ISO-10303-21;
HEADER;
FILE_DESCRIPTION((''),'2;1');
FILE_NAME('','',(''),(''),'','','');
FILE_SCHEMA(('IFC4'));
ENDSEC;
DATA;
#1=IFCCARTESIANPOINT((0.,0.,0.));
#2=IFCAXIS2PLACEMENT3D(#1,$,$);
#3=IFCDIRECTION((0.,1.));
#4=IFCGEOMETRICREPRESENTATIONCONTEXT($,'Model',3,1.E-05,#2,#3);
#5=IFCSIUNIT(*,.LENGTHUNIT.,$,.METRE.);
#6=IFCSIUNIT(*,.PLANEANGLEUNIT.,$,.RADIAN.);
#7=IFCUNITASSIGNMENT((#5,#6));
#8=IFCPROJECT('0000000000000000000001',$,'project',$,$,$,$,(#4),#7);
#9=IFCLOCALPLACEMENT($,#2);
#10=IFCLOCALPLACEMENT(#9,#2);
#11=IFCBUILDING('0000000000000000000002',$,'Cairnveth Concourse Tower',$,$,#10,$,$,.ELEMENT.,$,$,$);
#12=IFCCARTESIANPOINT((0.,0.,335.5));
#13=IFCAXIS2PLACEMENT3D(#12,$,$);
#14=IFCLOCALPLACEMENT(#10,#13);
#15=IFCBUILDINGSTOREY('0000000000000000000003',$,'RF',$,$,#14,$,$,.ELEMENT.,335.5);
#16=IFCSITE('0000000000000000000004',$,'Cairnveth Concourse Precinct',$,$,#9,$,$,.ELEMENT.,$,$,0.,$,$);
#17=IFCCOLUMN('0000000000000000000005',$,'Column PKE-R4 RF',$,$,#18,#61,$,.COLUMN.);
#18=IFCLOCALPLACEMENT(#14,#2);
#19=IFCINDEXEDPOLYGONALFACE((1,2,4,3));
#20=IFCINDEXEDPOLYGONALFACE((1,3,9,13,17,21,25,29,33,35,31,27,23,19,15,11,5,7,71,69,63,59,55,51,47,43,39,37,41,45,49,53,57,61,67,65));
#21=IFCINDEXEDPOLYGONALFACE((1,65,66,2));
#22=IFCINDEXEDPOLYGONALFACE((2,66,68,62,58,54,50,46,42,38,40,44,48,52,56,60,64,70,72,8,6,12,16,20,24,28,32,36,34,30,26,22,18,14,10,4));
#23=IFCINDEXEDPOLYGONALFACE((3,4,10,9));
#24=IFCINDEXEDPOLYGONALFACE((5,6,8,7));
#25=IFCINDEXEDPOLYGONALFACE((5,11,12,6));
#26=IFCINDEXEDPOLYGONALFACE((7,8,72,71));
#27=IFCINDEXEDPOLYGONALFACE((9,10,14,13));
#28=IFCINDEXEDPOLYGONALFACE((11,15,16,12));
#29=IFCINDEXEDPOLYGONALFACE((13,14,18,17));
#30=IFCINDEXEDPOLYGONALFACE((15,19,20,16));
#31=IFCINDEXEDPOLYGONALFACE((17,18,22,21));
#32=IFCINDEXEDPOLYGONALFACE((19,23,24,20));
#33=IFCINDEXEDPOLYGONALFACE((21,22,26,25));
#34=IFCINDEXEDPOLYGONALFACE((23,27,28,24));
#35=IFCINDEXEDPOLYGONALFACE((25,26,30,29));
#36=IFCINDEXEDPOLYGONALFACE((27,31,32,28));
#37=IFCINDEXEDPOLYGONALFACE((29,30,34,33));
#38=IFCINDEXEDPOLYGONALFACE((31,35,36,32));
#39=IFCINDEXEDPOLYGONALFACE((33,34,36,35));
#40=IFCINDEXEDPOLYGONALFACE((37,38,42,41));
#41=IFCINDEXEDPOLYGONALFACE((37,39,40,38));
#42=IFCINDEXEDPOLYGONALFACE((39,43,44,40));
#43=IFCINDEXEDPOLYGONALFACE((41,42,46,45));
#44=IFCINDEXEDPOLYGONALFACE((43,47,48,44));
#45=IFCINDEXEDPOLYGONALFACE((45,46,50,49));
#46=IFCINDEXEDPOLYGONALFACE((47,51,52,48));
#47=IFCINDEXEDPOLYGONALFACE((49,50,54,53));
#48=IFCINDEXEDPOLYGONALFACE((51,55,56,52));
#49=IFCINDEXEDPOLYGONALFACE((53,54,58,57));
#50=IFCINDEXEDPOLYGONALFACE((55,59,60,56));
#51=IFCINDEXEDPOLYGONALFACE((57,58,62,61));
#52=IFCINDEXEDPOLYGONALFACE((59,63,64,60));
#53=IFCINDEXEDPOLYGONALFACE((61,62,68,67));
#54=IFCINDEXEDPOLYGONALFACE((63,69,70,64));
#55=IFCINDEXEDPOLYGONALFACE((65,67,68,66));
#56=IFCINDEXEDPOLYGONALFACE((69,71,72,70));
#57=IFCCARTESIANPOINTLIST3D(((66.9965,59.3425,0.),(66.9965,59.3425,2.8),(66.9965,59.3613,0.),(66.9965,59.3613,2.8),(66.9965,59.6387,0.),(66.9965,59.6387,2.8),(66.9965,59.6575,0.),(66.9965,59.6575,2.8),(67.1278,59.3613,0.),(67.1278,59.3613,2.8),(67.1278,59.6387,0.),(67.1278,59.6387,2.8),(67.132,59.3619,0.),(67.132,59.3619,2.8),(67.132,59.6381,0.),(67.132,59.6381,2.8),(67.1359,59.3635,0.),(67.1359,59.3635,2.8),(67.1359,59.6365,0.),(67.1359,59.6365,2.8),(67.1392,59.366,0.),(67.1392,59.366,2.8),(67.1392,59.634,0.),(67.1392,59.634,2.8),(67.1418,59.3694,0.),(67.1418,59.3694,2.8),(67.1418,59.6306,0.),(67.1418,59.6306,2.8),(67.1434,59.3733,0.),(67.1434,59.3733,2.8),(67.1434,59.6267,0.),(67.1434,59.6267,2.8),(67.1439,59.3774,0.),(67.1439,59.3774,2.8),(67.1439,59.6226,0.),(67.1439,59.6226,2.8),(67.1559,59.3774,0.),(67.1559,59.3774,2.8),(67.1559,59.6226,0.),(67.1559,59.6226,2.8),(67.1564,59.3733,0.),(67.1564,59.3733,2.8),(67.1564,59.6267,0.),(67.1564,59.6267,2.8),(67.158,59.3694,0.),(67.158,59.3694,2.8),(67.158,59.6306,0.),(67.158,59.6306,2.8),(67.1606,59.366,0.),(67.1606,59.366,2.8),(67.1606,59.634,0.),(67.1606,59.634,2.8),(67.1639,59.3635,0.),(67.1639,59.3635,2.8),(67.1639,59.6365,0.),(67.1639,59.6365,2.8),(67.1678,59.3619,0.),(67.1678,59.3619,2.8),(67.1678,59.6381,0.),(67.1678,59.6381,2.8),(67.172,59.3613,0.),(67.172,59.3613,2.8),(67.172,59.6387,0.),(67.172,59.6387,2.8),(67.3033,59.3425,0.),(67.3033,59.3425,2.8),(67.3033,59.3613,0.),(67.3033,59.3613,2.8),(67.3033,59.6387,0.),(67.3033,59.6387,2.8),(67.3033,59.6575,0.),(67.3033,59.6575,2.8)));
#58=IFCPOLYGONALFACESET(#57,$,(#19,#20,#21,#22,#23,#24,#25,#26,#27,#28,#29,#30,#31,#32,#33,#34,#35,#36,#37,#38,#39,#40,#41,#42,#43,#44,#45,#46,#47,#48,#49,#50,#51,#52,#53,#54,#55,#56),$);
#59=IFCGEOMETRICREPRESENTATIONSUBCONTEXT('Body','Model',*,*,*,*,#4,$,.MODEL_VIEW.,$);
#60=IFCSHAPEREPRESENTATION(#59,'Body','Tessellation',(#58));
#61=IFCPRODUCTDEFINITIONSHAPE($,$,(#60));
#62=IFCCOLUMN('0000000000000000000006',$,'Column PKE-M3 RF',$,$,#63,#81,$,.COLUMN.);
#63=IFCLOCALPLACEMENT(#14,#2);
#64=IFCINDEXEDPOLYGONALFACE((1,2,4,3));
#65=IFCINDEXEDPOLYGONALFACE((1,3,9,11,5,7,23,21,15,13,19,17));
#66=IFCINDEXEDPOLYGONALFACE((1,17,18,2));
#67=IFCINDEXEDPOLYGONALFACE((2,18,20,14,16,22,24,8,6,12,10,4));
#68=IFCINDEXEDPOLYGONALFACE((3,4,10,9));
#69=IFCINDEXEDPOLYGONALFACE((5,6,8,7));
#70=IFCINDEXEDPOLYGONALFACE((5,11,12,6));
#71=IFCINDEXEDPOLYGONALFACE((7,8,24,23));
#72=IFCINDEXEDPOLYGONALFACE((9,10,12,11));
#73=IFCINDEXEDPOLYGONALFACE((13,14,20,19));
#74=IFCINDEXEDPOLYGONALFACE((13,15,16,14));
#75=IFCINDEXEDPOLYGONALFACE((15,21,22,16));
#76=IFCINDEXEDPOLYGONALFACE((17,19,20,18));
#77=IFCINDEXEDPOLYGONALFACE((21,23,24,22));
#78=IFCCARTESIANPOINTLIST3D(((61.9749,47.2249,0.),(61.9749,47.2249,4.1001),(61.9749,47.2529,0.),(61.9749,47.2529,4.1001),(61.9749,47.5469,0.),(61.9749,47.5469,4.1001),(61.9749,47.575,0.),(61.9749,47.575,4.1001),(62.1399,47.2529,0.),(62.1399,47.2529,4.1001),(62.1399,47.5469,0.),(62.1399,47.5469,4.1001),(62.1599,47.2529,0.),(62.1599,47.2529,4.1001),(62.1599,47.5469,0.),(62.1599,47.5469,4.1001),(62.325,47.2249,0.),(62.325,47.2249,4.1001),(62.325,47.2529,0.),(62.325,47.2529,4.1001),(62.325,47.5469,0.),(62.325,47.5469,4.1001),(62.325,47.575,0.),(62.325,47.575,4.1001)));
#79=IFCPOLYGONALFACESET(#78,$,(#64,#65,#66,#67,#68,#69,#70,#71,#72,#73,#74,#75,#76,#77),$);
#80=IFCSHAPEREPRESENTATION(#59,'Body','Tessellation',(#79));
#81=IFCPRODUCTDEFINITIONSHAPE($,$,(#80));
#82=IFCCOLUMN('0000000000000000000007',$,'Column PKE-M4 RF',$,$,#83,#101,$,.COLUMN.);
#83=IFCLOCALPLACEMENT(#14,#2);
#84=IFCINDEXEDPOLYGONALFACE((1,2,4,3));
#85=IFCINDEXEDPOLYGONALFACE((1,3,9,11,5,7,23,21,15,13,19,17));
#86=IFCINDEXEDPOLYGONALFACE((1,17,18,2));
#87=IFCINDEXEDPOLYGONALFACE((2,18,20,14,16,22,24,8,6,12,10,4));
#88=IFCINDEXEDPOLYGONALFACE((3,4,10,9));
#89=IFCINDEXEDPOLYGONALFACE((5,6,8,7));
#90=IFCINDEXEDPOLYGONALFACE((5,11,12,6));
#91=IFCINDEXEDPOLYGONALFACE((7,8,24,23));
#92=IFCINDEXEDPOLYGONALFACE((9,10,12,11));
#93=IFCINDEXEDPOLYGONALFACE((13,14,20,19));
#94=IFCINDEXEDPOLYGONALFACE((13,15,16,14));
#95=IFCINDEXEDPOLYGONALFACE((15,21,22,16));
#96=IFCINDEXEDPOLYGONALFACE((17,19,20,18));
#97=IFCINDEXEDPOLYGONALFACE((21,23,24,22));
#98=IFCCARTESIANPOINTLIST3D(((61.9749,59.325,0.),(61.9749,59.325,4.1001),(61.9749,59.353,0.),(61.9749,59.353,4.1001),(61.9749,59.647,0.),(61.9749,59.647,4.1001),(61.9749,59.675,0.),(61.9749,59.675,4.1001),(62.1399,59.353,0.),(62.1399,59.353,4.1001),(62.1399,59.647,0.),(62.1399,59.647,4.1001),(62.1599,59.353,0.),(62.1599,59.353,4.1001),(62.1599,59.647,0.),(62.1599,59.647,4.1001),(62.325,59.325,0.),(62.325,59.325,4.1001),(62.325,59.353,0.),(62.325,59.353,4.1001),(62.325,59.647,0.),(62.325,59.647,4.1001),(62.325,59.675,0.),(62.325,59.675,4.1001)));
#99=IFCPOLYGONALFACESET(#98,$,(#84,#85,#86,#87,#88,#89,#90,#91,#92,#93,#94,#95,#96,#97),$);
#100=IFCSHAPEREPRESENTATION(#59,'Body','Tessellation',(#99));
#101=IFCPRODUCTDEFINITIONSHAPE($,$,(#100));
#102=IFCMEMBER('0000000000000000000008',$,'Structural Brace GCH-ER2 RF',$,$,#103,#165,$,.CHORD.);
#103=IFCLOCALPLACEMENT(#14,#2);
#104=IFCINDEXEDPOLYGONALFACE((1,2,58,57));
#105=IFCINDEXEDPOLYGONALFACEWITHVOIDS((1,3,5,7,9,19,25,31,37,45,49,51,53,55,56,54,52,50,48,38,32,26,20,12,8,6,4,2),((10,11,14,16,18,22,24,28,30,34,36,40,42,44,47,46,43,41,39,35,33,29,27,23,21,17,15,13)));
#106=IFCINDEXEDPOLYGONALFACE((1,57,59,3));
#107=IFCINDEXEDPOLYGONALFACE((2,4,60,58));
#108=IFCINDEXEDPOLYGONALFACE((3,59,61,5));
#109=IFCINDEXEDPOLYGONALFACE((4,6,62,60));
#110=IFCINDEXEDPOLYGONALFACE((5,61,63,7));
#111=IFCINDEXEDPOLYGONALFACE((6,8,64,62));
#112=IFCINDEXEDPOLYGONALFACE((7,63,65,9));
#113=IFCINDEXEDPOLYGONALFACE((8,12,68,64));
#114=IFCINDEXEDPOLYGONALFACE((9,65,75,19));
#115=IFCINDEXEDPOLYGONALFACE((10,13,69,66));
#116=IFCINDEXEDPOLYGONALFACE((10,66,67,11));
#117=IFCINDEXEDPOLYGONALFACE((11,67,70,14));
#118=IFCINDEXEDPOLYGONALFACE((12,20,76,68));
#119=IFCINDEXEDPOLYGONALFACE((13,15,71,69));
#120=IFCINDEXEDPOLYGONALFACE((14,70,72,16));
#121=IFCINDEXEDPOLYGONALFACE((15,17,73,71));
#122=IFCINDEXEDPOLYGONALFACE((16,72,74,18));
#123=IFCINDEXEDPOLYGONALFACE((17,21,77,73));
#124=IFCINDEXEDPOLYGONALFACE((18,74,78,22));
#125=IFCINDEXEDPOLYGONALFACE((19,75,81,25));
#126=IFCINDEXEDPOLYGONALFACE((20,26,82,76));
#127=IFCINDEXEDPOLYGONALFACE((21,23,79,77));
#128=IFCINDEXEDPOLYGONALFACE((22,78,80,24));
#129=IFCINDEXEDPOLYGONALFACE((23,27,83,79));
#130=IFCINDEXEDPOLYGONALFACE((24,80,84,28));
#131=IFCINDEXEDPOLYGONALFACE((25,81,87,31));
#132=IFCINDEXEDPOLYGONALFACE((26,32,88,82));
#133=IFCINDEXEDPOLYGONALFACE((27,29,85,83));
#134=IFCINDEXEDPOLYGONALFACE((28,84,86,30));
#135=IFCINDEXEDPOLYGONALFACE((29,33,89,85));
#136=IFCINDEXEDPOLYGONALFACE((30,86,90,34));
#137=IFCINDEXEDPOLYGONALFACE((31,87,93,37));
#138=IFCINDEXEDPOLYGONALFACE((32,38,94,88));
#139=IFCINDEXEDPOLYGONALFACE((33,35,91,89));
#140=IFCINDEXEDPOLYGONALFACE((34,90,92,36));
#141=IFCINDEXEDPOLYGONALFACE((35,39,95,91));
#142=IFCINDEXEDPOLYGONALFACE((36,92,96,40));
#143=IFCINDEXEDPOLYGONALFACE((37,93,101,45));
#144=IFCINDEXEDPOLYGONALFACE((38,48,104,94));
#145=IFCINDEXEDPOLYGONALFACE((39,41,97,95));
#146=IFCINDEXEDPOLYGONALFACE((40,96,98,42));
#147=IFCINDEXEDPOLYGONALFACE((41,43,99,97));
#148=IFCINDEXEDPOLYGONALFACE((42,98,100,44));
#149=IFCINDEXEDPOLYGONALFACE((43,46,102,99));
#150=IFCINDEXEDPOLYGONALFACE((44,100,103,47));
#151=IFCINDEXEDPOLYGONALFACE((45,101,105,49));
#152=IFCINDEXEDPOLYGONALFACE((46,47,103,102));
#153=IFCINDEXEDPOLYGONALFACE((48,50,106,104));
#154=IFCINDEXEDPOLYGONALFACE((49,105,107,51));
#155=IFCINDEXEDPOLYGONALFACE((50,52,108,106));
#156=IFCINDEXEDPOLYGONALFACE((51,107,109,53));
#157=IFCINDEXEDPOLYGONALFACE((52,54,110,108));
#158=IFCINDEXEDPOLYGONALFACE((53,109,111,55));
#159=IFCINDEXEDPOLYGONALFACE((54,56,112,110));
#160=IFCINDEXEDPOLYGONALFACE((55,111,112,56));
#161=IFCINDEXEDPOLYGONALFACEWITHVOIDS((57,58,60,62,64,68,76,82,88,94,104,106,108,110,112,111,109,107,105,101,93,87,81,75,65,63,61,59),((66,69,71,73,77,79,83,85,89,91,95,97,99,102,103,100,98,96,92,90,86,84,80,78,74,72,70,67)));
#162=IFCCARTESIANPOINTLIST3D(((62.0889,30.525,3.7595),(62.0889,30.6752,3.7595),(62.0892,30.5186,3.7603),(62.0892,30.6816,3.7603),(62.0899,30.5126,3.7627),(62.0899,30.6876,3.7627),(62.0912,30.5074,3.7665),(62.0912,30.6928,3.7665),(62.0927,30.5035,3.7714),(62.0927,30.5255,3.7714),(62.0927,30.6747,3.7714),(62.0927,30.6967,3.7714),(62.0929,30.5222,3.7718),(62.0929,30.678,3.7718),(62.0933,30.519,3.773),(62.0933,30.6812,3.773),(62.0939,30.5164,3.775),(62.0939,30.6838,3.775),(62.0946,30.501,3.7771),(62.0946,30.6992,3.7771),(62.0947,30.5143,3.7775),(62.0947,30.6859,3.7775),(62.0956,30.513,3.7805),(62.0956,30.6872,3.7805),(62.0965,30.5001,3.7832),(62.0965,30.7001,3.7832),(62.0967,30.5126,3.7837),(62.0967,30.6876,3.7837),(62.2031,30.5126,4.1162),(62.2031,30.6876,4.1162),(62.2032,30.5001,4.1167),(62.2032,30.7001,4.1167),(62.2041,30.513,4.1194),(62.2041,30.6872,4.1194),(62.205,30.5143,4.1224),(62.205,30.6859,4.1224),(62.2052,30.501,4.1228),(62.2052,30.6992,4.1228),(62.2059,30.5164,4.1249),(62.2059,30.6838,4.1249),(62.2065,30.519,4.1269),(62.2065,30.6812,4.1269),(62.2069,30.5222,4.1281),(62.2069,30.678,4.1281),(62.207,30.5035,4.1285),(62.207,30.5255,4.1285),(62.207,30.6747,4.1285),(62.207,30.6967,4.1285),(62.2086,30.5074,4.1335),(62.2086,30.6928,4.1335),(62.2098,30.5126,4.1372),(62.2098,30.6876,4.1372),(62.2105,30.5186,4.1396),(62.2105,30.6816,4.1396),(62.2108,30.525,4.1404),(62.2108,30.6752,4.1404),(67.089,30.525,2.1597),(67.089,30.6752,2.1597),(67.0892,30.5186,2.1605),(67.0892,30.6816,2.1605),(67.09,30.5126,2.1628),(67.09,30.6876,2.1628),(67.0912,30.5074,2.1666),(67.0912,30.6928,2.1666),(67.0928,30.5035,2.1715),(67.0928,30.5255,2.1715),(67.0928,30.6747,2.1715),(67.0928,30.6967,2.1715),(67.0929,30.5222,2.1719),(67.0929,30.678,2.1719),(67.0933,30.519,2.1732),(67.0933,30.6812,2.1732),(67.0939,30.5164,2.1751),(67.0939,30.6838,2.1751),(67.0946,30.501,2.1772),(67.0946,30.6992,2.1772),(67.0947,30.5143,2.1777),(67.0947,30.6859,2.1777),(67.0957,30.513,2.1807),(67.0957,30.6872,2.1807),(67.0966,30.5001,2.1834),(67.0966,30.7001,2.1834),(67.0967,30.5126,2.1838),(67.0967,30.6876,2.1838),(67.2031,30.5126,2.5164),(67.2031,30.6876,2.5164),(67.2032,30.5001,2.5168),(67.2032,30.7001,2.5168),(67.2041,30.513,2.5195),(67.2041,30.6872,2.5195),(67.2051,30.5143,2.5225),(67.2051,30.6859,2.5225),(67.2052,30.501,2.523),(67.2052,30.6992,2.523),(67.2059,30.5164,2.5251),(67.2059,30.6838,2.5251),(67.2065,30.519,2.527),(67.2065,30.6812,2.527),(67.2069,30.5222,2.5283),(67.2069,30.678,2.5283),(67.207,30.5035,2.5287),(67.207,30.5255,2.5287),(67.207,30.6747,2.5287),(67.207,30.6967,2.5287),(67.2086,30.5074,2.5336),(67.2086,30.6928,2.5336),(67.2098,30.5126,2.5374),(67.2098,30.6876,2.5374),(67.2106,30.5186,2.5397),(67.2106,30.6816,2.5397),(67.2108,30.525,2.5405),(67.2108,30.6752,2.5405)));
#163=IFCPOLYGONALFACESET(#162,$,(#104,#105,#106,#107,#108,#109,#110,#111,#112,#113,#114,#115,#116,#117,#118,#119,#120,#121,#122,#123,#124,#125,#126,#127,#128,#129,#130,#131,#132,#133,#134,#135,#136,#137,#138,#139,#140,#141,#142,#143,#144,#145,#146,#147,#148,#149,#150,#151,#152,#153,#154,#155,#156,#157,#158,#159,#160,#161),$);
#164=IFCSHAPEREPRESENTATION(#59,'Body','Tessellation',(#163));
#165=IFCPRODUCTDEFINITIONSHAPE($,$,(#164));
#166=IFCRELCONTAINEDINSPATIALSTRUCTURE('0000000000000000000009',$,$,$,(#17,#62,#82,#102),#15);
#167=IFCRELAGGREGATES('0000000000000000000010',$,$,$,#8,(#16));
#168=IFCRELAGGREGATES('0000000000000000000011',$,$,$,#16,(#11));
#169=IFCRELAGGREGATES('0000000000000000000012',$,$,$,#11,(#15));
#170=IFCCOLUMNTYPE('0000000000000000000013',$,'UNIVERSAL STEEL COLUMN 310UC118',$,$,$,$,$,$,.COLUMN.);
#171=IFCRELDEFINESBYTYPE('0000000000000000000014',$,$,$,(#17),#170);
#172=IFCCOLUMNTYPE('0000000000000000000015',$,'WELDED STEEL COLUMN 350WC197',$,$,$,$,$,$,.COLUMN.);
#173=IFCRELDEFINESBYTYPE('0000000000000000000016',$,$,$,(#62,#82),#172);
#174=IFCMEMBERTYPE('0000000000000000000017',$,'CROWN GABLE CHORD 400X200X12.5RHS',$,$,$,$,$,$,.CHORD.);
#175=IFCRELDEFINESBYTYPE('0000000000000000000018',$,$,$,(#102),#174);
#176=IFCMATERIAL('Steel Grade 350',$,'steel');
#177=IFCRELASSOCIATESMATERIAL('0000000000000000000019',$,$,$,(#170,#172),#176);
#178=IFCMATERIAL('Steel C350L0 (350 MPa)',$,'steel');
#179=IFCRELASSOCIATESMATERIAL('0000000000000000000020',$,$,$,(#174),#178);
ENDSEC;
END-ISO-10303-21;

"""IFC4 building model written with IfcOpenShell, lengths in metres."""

from ifc_helpers import new_model, si_unit, direction, frame, origin, origin_2d, place, context, subcontext, project, spatial, hollow_rectangle, i_section, extrude, material, material_profile, profile_set, type_object, element, save


model = new_model("IFC4")

# Units and contexts
model_context = context("Model", 3, precision=1e-05, world=origin(), true_north=direction((0.0, 1.0)))
body_context = subcontext(model_context, "Body", "Model", "MODEL_VIEW")
ifc_project = project(units=[si_unit("LENGTHUNIT", "METRE"), si_unit("PLANEANGLEUNIT", "RADIAN")], contexts=[model_context])

# Site, building, storey
site_placement = place(None, origin())
site = spatial("IfcSite", under=ifc_project, at=site_placement, Name="Cairnveth Concourse Precinct", CompositionType="ELEMENT", RefElevation=0.0)
building_placement = place(site_placement, origin())
building = spatial("IfcBuilding", under=site, at=building_placement, Name="Cairnveth Concourse Tower", CompositionType="ELEMENT")
storey_placement = place(building_placement, frame((0.0, 0.0, 335.5)))
storey = spatial("IfcBuildingStorey", under=building, at=storey_placement, Name="RF", CompositionType="ELEMENT", Elevation=335.5)

# Columns
ifc_material_1 = material(Name="Steel Grade 350", Category="steel")
ifc_material_profile_1 = material_profile(ifc_material_1, i_section(OverallWidth=0.3069, OverallDepth=0.3149, WebThickness=0.012, FlangeThickness=0.0188, FilletRadius=0.0161, at=origin_2d()), Name="310UC118")
ifc_profile_set_1 = profile_set([ifc_material_profile_1], Name="Steel Grade 350")
column_type_1 = type_object("IfcColumnType", Name="UNIVERSAL STEEL COLUMN 310UC118", PredefinedType="COLUMN", material=ifc_profile_set_1)
for number, where, z_axis, x_axis, name in (
    (1, (67.1499, 59.5, 0.0), (0.0, 0.0, 1.0), (1.0, 0.0, 0.0), "Column PKE-R4 RF"),
):
    element("IfcColumn", number, at=place(storey_placement, frame(where, z_axis=z_axis, x_axis=x_axis)), inside=storey, type_object=column_type_1, Name=name, PredefinedType="COLUMN", context=body_context, shape_type="SweptSolid", body=[
        extrude(i_section(OverallWidth=0.3069, OverallDepth=0.3149, WebThickness=0.012, FlangeThickness=0.0188, FilletRadius=0.0161, at=origin_2d()), origin(), (0.0, 0.0, 1.0), 2.8),
    ])
ifc_material_profile_2 = material_profile(ifc_material_1, i_section(OverallWidth=0.3501, OverallDepth=0.3501, WebThickness=0.02, FlangeThickness=0.0281, at=origin_2d()), Name="350WC197")
ifc_profile_set_2 = profile_set([ifc_material_profile_2], Name="Steel Grade 350")
column_type_2 = type_object("IfcColumnType", Name="WELDED STEEL COLUMN 350WC197", PredefinedType="COLUMN", material=ifc_profile_set_2)
for number, where, z_axis, x_axis, name in (
    (2, (62.1499, 47.3999, 0.0), (0.0, 0.0, 1.0), (1.0, 0.0, 0.0), "Column PKE-M3 RF"),
    (3, (62.1499, 59.5, 0.0), (0.0, 0.0, 1.0), (1.0, 0.0, 0.0), "Column PKE-M4 RF"),
):
    element("IfcColumn", number, at=place(storey_placement, frame(where, z_axis=z_axis, x_axis=x_axis)), inside=storey, type_object=column_type_2, Name=name, PredefinedType="COLUMN", context=body_context, shape_type="SweptSolid", body=[
        extrude(i_section(OverallWidth=0.3501, OverallDepth=0.3501, WebThickness=0.02, FlangeThickness=0.0281, at=origin_2d()), origin(), (0.0, 0.0, 1.0), 4.1001),
    ])

# Member
ifc_material_2 = material(Name="Steel C350L0 (350 MPa)", Category="steel")
ifc_material_profile_3 = material_profile(ifc_material_2, hollow_rectangle(XDim=0.2, YDim=0.3999, WallThickness=0.0125, InnerFilletRadius=0.0129, OuterFilletRadius=0.0249, at=origin_2d()), Name="400x200x12.5RHS")
ifc_profile_set_3 = profile_set([ifc_material_profile_3], Name="Steel C350L0 (350 MPa)")
member_type_1 = type_object("IfcMemberType", Name="CROWN GABLE CHORD 400X200X12.5RHS", PredefinedType="CHORD", material=ifc_profile_set_3)
for number, where, z_axis, x_axis, name in (
    (4, (67.1499, 30.6001, 2.3501), (-0.952432, 0.0, 0.30475), (0.0, -1.0, 0.0), "Structural Brace GCH-ER2 RF"),
):
    element("IfcMember", number, at=place(storey_placement, frame(where, z_axis=z_axis, x_axis=x_axis)), inside=storey, type_object=member_type_1, Name=name, PredefinedType="CHORD", context=body_context, shape_type="SweptSolid", body=[
        extrude(hollow_rectangle(XDim=0.2, YDim=0.3999, WallThickness=0.0125, InnerFilletRadius=0.0129, OuterFilletRadius=0.0249, at=origin_2d()), origin(), (0.0, 0.0, 1.0), 5.2498),
    ])

save(model, "model.ifc")
